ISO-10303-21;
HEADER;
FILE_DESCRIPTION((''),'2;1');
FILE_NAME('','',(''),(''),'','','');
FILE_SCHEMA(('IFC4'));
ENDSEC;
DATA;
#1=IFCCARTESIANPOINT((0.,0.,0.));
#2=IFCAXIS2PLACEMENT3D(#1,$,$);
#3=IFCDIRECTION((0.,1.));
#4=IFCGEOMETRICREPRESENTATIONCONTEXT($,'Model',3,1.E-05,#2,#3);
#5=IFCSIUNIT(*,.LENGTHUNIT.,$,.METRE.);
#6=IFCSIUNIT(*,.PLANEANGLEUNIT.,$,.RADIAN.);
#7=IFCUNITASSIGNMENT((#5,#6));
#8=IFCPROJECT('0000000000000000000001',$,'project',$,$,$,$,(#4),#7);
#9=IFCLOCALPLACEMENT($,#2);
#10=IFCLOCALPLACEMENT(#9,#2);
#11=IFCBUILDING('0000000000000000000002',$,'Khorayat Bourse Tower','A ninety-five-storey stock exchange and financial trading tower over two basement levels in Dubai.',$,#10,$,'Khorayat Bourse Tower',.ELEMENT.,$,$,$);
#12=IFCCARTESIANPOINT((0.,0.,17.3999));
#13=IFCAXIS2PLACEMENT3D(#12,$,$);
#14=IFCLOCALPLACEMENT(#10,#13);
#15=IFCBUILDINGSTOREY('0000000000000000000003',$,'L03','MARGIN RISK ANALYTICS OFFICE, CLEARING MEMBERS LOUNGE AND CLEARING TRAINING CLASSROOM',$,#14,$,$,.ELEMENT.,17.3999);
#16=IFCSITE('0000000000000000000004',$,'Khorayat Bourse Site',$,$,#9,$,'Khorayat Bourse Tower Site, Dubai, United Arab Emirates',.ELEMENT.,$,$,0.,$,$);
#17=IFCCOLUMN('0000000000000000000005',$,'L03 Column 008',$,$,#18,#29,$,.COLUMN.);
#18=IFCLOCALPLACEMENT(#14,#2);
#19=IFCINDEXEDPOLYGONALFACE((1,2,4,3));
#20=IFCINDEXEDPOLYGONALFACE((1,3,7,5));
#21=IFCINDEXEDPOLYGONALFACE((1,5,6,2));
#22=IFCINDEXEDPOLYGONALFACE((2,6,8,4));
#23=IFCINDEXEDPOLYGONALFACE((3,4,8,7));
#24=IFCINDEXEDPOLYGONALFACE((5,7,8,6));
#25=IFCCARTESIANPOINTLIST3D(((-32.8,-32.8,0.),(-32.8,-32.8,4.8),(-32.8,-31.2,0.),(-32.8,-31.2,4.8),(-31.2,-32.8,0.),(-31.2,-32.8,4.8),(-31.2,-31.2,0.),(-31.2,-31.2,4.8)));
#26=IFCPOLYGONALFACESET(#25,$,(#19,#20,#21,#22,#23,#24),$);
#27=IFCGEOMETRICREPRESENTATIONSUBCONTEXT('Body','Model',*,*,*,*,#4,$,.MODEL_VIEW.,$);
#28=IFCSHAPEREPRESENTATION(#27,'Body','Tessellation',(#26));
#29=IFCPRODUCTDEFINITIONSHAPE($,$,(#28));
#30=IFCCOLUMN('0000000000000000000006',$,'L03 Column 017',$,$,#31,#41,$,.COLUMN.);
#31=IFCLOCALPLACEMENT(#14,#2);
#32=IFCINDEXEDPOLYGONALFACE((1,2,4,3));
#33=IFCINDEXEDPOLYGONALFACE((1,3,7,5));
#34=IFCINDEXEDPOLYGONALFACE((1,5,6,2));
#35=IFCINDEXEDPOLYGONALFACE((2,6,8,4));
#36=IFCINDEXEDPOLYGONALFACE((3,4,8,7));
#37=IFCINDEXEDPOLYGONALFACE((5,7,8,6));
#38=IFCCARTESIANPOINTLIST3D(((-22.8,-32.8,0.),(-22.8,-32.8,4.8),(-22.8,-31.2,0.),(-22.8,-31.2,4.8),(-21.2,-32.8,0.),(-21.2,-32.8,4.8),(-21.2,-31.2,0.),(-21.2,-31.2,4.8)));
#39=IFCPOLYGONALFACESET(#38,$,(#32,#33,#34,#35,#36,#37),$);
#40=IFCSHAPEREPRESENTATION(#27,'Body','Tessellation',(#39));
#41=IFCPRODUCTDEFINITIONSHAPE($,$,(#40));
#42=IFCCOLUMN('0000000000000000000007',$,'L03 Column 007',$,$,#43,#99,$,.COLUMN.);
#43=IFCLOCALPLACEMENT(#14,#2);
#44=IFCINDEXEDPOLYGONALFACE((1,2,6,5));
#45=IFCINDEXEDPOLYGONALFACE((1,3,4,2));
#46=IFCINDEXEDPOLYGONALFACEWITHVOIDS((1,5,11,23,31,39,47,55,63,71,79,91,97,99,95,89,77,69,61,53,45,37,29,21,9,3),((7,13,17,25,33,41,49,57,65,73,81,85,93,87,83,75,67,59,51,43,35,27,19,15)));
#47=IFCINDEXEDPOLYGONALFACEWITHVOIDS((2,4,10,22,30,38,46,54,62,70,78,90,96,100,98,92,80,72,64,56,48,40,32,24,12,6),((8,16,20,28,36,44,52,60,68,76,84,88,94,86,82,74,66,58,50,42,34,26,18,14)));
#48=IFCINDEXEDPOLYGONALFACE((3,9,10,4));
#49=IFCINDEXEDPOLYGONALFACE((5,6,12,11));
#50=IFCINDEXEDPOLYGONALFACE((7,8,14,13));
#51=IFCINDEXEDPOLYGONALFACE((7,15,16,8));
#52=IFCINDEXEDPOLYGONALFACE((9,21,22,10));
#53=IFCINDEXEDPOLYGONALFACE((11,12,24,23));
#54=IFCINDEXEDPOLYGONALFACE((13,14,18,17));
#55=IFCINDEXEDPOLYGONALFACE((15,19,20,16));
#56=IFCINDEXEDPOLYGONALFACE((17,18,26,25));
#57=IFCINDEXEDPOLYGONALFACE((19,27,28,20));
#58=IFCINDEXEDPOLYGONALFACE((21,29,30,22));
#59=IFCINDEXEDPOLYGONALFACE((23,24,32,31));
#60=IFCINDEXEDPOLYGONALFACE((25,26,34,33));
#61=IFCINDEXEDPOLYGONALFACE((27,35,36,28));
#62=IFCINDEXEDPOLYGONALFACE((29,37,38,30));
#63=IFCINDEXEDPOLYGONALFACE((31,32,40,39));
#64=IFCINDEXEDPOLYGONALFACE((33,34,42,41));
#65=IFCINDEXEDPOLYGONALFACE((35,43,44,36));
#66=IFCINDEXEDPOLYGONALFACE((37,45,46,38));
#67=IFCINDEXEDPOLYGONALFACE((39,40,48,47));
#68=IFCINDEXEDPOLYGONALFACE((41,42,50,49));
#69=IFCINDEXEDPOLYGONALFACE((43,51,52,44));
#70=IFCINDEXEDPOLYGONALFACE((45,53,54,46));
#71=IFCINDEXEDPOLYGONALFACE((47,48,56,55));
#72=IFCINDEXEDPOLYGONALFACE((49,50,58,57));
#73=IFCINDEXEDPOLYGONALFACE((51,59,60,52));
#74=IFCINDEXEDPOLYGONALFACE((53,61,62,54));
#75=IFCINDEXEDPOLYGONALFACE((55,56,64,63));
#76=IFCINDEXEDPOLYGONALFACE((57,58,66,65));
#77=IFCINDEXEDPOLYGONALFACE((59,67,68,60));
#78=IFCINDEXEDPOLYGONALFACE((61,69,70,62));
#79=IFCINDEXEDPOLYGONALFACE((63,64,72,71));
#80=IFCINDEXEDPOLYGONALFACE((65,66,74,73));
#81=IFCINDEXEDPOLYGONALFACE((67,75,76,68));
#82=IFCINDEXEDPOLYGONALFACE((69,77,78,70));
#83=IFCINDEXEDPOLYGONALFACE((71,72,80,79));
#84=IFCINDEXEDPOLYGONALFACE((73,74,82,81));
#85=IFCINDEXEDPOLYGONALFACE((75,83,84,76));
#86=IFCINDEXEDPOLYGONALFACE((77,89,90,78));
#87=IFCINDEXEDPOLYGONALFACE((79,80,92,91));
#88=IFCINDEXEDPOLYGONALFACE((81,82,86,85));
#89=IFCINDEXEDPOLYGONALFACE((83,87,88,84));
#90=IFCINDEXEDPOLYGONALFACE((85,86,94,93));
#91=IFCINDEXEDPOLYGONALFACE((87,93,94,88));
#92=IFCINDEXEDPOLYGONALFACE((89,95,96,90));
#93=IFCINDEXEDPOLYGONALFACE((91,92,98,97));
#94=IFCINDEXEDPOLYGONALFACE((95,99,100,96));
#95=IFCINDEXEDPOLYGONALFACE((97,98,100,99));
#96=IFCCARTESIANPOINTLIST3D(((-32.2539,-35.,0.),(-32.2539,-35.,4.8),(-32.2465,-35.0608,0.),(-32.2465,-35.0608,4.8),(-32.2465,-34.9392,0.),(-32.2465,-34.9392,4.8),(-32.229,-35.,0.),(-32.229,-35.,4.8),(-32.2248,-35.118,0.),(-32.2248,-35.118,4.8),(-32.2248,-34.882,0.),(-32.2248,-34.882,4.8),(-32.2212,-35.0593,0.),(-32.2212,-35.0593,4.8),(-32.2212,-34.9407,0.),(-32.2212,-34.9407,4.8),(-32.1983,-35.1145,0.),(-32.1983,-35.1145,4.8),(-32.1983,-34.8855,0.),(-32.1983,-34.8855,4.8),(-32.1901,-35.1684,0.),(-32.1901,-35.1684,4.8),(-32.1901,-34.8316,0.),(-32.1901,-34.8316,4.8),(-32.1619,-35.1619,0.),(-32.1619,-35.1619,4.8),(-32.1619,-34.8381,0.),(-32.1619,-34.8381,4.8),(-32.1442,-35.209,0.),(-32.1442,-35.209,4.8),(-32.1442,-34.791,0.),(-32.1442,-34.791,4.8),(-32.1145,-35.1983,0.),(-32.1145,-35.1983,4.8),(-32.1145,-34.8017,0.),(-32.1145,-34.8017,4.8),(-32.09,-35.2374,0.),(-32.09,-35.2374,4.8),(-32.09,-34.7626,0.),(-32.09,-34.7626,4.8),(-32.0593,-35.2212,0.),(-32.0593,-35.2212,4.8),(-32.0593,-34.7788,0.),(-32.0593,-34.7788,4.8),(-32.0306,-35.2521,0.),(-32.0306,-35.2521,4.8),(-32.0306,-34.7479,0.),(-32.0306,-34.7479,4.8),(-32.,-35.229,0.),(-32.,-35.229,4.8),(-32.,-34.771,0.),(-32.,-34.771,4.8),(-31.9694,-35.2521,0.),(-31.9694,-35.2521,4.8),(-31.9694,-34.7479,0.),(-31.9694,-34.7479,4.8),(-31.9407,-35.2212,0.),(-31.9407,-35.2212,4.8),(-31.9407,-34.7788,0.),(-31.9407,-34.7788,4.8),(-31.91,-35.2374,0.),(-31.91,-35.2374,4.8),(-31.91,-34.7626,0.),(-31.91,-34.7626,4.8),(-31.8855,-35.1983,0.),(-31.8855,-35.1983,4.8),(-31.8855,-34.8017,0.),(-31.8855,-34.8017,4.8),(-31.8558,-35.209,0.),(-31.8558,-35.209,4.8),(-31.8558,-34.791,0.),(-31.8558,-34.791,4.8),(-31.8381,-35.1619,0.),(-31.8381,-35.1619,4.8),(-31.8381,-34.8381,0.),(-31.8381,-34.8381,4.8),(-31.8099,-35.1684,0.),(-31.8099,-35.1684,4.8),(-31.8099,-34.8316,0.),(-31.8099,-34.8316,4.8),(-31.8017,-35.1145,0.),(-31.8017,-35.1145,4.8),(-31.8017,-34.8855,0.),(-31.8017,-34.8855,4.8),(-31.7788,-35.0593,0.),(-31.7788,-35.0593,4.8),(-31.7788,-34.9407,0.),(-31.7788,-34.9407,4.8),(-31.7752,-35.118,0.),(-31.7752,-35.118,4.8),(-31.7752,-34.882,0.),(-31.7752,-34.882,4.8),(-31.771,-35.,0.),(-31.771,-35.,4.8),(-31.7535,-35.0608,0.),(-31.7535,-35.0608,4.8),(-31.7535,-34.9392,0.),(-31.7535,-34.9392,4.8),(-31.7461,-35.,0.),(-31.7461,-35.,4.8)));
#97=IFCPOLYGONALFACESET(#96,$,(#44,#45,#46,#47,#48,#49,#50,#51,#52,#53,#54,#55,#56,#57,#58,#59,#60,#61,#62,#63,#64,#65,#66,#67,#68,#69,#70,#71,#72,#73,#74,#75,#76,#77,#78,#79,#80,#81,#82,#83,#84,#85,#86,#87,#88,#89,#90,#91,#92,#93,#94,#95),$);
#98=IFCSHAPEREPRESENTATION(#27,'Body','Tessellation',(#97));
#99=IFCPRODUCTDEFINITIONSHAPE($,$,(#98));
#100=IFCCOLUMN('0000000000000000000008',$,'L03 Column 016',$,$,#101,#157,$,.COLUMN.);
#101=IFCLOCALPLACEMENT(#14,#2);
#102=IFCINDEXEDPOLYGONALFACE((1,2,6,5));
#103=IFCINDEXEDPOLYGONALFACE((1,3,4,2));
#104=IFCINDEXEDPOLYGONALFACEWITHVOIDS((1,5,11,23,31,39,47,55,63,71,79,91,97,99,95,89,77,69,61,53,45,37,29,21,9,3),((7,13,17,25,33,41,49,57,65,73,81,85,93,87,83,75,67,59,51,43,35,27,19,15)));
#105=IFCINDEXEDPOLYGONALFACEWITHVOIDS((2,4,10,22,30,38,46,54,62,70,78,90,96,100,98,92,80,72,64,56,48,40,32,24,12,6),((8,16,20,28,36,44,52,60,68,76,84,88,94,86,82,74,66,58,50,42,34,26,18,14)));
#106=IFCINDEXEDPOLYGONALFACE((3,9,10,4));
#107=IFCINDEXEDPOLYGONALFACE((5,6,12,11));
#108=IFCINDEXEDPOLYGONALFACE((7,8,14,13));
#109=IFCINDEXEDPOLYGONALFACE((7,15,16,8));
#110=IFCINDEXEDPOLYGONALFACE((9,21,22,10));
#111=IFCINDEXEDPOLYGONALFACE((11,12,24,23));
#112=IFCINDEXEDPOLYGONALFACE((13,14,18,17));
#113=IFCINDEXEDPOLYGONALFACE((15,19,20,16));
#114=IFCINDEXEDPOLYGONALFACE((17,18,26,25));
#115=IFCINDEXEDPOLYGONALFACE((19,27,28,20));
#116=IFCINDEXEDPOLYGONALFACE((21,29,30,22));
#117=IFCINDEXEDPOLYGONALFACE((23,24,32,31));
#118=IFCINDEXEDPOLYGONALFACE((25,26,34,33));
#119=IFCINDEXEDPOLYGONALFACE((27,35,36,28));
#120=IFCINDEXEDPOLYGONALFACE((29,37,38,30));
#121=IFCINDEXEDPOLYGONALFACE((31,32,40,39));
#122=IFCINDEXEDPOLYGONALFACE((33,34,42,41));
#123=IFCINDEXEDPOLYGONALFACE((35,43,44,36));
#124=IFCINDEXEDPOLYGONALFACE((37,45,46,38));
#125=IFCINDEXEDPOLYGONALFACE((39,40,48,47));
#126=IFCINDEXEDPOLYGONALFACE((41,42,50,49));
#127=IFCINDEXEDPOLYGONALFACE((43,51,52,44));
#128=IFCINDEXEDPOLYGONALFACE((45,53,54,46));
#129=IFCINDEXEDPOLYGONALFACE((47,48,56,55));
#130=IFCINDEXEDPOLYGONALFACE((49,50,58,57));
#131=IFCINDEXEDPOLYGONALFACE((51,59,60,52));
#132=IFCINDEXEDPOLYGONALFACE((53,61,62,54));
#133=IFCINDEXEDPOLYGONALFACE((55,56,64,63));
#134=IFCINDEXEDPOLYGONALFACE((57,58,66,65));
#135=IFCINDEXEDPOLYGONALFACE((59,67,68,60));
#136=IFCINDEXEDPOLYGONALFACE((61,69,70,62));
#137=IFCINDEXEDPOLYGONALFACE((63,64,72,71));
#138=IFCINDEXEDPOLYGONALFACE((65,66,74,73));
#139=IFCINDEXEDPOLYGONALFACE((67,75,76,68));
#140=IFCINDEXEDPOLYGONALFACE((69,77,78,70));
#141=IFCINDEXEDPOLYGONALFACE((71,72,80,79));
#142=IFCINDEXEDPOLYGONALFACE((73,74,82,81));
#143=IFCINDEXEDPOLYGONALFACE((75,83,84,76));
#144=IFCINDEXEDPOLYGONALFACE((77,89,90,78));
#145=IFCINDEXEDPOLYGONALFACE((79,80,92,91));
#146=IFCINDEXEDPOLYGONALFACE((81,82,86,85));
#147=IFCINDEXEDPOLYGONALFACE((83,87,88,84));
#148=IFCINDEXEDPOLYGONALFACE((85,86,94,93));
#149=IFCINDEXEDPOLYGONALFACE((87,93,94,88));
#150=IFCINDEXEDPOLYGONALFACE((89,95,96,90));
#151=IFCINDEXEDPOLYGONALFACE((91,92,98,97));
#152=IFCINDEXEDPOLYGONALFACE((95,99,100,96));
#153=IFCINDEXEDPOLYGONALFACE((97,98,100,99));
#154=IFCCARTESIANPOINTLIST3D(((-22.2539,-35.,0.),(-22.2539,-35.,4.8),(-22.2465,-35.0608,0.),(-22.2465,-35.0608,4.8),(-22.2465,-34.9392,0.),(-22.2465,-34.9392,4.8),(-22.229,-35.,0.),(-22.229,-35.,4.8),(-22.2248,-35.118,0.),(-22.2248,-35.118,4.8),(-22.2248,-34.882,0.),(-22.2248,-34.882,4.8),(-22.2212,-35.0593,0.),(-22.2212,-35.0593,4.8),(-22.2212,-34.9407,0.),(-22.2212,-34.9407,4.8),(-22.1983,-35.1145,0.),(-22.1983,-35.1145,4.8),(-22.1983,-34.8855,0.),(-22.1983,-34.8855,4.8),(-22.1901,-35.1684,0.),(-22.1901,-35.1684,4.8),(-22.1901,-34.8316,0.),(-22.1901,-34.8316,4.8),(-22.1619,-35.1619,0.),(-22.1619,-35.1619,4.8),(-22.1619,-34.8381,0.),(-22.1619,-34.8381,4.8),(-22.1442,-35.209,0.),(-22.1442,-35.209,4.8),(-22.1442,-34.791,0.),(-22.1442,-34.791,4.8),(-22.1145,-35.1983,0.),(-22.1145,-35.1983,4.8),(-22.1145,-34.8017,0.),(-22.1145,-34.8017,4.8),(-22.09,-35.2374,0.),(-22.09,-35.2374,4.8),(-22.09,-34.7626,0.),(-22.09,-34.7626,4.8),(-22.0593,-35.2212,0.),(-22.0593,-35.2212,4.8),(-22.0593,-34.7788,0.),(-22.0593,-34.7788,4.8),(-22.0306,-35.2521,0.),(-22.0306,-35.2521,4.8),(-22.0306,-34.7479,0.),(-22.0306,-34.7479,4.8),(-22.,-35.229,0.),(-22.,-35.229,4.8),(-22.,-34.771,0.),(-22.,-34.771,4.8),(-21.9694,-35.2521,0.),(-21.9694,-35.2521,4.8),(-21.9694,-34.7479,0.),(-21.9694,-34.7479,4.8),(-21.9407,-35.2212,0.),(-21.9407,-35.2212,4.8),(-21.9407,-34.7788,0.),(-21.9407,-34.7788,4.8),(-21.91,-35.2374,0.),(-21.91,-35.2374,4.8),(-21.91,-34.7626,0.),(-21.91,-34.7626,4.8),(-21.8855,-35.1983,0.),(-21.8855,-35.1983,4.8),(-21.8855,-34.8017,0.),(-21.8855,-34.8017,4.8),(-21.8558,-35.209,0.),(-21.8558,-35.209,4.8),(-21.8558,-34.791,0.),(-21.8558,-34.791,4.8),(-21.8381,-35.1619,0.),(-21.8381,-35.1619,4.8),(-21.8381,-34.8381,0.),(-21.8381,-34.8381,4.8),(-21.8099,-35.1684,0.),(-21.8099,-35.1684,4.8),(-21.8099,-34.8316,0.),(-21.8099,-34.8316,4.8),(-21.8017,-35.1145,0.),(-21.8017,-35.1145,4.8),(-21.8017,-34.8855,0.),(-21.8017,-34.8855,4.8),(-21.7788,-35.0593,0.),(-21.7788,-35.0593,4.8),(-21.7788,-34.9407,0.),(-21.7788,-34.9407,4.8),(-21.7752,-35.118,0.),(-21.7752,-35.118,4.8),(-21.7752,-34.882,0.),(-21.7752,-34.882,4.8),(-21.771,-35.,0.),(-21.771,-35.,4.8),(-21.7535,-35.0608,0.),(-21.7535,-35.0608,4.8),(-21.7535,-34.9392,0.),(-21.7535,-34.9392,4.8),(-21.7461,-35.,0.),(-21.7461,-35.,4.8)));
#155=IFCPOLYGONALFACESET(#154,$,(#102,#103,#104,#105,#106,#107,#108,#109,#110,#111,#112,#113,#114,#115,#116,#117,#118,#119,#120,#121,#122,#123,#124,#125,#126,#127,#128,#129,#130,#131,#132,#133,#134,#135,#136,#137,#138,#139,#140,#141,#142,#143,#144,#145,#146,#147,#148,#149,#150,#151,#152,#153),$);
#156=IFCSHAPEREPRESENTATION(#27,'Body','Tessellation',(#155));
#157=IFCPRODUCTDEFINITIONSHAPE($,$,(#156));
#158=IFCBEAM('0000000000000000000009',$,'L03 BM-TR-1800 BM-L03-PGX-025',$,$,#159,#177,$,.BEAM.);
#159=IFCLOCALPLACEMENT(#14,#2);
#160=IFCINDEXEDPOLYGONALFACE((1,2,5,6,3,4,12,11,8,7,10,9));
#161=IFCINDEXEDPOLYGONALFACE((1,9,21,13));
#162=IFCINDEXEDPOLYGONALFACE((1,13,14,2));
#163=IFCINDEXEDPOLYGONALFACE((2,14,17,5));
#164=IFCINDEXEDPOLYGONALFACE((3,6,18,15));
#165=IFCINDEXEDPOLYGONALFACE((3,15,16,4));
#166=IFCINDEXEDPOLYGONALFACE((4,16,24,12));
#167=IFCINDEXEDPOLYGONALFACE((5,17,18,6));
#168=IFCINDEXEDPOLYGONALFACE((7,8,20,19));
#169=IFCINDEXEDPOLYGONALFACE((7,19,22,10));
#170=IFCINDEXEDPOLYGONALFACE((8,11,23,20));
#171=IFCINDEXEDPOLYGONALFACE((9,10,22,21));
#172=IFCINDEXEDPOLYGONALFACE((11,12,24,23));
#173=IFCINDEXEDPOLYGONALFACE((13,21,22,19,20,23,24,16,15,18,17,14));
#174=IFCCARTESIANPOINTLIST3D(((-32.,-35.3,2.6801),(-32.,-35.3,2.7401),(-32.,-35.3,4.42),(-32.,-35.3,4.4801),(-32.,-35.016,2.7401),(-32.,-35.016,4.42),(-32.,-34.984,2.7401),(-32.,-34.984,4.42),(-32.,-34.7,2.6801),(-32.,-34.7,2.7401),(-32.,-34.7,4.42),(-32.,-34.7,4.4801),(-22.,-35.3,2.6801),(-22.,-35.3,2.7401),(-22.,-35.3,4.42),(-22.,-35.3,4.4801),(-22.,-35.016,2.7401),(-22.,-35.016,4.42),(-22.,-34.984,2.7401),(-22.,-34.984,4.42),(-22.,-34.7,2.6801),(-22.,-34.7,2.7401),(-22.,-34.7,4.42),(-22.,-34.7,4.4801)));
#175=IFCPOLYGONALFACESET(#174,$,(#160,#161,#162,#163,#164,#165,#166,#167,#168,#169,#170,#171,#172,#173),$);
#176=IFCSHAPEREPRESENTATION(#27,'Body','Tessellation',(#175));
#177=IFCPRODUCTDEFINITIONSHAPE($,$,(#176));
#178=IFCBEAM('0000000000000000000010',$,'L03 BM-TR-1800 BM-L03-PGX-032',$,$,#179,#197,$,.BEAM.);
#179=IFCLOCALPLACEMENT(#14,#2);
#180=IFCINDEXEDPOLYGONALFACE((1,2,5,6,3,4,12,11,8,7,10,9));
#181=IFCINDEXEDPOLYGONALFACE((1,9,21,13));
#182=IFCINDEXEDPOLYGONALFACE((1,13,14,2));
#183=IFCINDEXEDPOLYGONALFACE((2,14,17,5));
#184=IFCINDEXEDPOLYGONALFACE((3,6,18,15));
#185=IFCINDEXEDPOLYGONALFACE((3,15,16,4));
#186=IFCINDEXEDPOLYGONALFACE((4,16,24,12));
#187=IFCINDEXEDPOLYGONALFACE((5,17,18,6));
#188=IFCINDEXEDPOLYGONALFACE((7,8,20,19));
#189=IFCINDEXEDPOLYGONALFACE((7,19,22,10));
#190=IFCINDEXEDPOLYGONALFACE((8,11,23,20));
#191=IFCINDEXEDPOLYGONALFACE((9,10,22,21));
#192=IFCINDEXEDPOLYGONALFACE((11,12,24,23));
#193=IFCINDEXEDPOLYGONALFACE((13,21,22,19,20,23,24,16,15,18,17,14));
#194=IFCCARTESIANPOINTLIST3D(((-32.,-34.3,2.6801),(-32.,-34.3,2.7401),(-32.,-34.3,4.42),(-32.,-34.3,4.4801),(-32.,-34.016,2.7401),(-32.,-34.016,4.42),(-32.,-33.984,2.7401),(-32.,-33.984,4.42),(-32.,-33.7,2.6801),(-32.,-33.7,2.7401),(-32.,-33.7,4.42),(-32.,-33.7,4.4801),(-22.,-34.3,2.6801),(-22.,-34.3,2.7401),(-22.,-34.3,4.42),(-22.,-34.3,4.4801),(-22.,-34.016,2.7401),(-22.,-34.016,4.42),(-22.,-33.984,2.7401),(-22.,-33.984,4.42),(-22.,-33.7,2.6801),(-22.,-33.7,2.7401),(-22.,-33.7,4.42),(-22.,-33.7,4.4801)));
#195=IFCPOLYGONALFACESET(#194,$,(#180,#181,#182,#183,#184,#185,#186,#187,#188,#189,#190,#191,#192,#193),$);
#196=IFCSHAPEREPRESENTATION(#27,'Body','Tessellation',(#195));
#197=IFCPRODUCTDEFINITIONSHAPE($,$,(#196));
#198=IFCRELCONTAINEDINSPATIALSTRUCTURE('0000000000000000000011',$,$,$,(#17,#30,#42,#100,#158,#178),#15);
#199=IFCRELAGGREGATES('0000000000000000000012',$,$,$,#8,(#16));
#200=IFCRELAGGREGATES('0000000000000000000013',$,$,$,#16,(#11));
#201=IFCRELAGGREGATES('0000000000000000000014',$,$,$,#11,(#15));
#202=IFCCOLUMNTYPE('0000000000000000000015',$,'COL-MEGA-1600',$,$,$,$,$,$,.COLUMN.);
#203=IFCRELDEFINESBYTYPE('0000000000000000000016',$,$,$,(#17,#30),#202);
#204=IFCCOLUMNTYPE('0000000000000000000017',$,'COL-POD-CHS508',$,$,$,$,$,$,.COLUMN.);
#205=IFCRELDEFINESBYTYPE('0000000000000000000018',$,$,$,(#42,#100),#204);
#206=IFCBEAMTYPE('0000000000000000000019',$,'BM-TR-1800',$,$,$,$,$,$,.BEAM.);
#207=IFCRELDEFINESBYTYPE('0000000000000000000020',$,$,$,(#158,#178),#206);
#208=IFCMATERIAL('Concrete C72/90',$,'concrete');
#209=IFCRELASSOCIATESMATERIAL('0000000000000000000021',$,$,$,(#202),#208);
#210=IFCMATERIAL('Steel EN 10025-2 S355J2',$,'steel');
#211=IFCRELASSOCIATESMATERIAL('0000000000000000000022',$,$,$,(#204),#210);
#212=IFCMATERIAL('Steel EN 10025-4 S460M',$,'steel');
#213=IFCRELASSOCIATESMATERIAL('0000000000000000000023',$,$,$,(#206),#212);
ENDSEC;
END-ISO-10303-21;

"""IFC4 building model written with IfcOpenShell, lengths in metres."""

from ifc_helpers import new_model, si_unit, direction, frame, origin, origin_2d, place, context, subcontext, project, spatial, rectangle, hollow_circle, i_section, extrude, source, transform, mapped, material, material_profile, profile_set, type_object, element, save


model = new_model("IFC4")

# Units and contexts
model_context = context("Model", 3, precision=1e-05, world=origin(), true_north=direction((0.0, 1.0)))
body_context = subcontext(model_context, "Body", "Model", "MODEL_VIEW")
ifc_project = project(units=[si_unit("LENGTHUNIT", "METRE"), si_unit("PLANEANGLEUNIT", "RADIAN")], contexts=[model_context])

# Site, building, storey
site_placement = place(None, origin())
site = spatial("IfcSite", under=ifc_project, at=site_placement, Name="Khorayat Bourse Site", LongName="Khorayat Bourse Tower Site, Dubai, United Arab Emirates", CompositionType="ELEMENT", RefElevation=0.0)
building_placement = place(site_placement, origin())
building = spatial("IfcBuilding", under=site, at=building_placement, Name="Khorayat Bourse Tower", Description="A ninety-five-storey stock exchange and financial trading tower over two basement levels in Dubai.", LongName="Khorayat Bourse Tower", CompositionType="ELEMENT")
storey_placement = place(building_placement, frame((0.0, 0.0, 17.3999)))
storey = spatial("IfcBuildingStorey", under=building, at=storey_placement, Name="L03", Description="MARGIN RISK ANALYTICS OFFICE, CLEARING MEMBERS LOUNGE AND CLEARING TRAINING CLASSROOM", CompositionType="ELEMENT", Elevation=17.3999)

# Columns
ifc_material_1 = material(Name="Concrete C72/90", Category="concrete")
ifc_material_profile_1 = material_profile(ifc_material_1, rectangle(XDim=1.6001, YDim=1.6001, at=origin_2d()), Name="RC 1600x1600")
ifc_profile_set_1 = profile_set([ifc_material_profile_1], Name="Concrete C72/90")
column_type_1 = type_object("IfcColumnType", Name="COL-MEGA-1600", PredefinedType="COLUMN", material=ifc_profile_set_1)
shared_shape_1 = source(origin(), body_context, "Body", "SweptSolid", [
    extrude(rectangle(XDim=1.6001, YDim=1.6001, at=origin_2d()), origin(), (0.0, 0.0, 1.0), 4.8),
])
for number, where, z_axis, x_axis, name in (
    (1, (-32.0, -32.0, 0.0), (0.0, 0.0, 1.0), (1.0, 0.0, 0.0), "L03 Column 008"),
    (2, (-22.0, -32.0, 0.0), (0.0, 0.0, 1.0), (1.0, 0.0, 0.0), "L03 Column 017"),
):
    element("IfcColumn", number, at=place(storey_placement, frame(where, z_axis=z_axis, x_axis=x_axis)), inside=storey, type_object=column_type_1, Name=name, PredefinedType="COLUMN", context=body_context, shape_type="MappedRepresentation", body=[
        mapped(shared_shape_1, transform((0.0, 0.0, 0.0), scale=1.0)),
    ])
ifc_material_2 = material(Name="Steel EN 10025-2 S355J2", Category="steel")
ifc_material_profile_2 = material_profile(ifc_material_2, hollow_circle(Radius=0.2539, WallThickness=0.0249, at=origin_2d()), Name="CHS 508x25")
ifc_profile_set_2 = profile_set([ifc_material_profile_2], Name="Steel EN 10025-2 S355J2")
column_type_2 = type_object("IfcColumnType", Name="COL-POD-CHS508", PredefinedType="COLUMN", material=ifc_profile_set_2)
shared_shape_2 = source(origin(), body_context, "Body", "SweptSolid", [
    extrude(hollow_circle(Radius=0.2539, WallThickness=0.0249, at=origin_2d()), origin(), (0.0, 0.0, 1.0), 4.8),
])
for number, where, z_axis, x_axis, name in (
    (3, (-32.0, -35.0, 0.0), (0.0, 0.0, 1.0), (1.0, 0.0, 0.0), "L03 Column 007"),
    (4, (-22.0, -35.0, 0.0), (0.0, 0.0, 1.0), (1.0, 0.0, 0.0), "L03 Column 016"),
):
    element("IfcColumn", number, at=place(storey_placement, frame(where, z_axis=z_axis, x_axis=x_axis)), inside=storey, type_object=column_type_2, Name=name, PredefinedType="COLUMN", context=body_context, shape_type="MappedRepresentation", body=[
        mapped(shared_shape_2, transform((0.0, 0.0, 0.0), scale=1.0)),
    ])

# Beams
ifc_material_3 = material(Name="Steel EN 10025-4 S460M", Category="steel")
ifc_material_profile_3 = material_profile(ifc_material_3, i_section(OverallWidth=0.6001, OverallDepth=1.8, WebThickness=0.032, FlangeThickness=0.0601, at=origin_2d()), Name="PG 1800x600x32x60")
ifc_profile_set_3 = profile_set([ifc_material_profile_3], Name="Steel EN 10025-4 S460M")
beam_type_1 = type_object("IfcBeamType", Name="BM-TR-1800", PredefinedType="BEAM", material=ifc_profile_set_3)
shared_shape_3 = source(origin(), body_context, "Body", "SweptSolid", [
    extrude(i_section(OverallWidth=0.6001, OverallDepth=1.8, WebThickness=0.032, FlangeThickness=0.0601, at=origin_2d()), origin(), (0.0, 0.0, 1.0), 10.0),
])
for number, where, z_axis, x_axis, name in (
    (5, (-32.0, -35.0, 3.5801), (1.0, 0.0, 0.0), (0.0, 1.0, 0.0), "L03 BM-TR-1800 BM-L03-PGX-025"),
    (6, (-32.0, -34.0, 3.5801), (1.0, 0.0, 0.0), (0.0, 1.0, 0.0), "L03 BM-TR-1800 BM-L03-PGX-032"),
):
    element("IfcBeam", number, at=place(storey_placement, frame(where, z_axis=z_axis, x_axis=x_axis)), inside=storey, type_object=beam_type_1, Name=name, PredefinedType="BEAM", context=body_context, shape_type="MappedRepresentation", body=[
        mapped(shared_shape_3, transform((0.0, 0.0, 0.0), scale=1.0)),
    ])

save(model, "model.ifc")
